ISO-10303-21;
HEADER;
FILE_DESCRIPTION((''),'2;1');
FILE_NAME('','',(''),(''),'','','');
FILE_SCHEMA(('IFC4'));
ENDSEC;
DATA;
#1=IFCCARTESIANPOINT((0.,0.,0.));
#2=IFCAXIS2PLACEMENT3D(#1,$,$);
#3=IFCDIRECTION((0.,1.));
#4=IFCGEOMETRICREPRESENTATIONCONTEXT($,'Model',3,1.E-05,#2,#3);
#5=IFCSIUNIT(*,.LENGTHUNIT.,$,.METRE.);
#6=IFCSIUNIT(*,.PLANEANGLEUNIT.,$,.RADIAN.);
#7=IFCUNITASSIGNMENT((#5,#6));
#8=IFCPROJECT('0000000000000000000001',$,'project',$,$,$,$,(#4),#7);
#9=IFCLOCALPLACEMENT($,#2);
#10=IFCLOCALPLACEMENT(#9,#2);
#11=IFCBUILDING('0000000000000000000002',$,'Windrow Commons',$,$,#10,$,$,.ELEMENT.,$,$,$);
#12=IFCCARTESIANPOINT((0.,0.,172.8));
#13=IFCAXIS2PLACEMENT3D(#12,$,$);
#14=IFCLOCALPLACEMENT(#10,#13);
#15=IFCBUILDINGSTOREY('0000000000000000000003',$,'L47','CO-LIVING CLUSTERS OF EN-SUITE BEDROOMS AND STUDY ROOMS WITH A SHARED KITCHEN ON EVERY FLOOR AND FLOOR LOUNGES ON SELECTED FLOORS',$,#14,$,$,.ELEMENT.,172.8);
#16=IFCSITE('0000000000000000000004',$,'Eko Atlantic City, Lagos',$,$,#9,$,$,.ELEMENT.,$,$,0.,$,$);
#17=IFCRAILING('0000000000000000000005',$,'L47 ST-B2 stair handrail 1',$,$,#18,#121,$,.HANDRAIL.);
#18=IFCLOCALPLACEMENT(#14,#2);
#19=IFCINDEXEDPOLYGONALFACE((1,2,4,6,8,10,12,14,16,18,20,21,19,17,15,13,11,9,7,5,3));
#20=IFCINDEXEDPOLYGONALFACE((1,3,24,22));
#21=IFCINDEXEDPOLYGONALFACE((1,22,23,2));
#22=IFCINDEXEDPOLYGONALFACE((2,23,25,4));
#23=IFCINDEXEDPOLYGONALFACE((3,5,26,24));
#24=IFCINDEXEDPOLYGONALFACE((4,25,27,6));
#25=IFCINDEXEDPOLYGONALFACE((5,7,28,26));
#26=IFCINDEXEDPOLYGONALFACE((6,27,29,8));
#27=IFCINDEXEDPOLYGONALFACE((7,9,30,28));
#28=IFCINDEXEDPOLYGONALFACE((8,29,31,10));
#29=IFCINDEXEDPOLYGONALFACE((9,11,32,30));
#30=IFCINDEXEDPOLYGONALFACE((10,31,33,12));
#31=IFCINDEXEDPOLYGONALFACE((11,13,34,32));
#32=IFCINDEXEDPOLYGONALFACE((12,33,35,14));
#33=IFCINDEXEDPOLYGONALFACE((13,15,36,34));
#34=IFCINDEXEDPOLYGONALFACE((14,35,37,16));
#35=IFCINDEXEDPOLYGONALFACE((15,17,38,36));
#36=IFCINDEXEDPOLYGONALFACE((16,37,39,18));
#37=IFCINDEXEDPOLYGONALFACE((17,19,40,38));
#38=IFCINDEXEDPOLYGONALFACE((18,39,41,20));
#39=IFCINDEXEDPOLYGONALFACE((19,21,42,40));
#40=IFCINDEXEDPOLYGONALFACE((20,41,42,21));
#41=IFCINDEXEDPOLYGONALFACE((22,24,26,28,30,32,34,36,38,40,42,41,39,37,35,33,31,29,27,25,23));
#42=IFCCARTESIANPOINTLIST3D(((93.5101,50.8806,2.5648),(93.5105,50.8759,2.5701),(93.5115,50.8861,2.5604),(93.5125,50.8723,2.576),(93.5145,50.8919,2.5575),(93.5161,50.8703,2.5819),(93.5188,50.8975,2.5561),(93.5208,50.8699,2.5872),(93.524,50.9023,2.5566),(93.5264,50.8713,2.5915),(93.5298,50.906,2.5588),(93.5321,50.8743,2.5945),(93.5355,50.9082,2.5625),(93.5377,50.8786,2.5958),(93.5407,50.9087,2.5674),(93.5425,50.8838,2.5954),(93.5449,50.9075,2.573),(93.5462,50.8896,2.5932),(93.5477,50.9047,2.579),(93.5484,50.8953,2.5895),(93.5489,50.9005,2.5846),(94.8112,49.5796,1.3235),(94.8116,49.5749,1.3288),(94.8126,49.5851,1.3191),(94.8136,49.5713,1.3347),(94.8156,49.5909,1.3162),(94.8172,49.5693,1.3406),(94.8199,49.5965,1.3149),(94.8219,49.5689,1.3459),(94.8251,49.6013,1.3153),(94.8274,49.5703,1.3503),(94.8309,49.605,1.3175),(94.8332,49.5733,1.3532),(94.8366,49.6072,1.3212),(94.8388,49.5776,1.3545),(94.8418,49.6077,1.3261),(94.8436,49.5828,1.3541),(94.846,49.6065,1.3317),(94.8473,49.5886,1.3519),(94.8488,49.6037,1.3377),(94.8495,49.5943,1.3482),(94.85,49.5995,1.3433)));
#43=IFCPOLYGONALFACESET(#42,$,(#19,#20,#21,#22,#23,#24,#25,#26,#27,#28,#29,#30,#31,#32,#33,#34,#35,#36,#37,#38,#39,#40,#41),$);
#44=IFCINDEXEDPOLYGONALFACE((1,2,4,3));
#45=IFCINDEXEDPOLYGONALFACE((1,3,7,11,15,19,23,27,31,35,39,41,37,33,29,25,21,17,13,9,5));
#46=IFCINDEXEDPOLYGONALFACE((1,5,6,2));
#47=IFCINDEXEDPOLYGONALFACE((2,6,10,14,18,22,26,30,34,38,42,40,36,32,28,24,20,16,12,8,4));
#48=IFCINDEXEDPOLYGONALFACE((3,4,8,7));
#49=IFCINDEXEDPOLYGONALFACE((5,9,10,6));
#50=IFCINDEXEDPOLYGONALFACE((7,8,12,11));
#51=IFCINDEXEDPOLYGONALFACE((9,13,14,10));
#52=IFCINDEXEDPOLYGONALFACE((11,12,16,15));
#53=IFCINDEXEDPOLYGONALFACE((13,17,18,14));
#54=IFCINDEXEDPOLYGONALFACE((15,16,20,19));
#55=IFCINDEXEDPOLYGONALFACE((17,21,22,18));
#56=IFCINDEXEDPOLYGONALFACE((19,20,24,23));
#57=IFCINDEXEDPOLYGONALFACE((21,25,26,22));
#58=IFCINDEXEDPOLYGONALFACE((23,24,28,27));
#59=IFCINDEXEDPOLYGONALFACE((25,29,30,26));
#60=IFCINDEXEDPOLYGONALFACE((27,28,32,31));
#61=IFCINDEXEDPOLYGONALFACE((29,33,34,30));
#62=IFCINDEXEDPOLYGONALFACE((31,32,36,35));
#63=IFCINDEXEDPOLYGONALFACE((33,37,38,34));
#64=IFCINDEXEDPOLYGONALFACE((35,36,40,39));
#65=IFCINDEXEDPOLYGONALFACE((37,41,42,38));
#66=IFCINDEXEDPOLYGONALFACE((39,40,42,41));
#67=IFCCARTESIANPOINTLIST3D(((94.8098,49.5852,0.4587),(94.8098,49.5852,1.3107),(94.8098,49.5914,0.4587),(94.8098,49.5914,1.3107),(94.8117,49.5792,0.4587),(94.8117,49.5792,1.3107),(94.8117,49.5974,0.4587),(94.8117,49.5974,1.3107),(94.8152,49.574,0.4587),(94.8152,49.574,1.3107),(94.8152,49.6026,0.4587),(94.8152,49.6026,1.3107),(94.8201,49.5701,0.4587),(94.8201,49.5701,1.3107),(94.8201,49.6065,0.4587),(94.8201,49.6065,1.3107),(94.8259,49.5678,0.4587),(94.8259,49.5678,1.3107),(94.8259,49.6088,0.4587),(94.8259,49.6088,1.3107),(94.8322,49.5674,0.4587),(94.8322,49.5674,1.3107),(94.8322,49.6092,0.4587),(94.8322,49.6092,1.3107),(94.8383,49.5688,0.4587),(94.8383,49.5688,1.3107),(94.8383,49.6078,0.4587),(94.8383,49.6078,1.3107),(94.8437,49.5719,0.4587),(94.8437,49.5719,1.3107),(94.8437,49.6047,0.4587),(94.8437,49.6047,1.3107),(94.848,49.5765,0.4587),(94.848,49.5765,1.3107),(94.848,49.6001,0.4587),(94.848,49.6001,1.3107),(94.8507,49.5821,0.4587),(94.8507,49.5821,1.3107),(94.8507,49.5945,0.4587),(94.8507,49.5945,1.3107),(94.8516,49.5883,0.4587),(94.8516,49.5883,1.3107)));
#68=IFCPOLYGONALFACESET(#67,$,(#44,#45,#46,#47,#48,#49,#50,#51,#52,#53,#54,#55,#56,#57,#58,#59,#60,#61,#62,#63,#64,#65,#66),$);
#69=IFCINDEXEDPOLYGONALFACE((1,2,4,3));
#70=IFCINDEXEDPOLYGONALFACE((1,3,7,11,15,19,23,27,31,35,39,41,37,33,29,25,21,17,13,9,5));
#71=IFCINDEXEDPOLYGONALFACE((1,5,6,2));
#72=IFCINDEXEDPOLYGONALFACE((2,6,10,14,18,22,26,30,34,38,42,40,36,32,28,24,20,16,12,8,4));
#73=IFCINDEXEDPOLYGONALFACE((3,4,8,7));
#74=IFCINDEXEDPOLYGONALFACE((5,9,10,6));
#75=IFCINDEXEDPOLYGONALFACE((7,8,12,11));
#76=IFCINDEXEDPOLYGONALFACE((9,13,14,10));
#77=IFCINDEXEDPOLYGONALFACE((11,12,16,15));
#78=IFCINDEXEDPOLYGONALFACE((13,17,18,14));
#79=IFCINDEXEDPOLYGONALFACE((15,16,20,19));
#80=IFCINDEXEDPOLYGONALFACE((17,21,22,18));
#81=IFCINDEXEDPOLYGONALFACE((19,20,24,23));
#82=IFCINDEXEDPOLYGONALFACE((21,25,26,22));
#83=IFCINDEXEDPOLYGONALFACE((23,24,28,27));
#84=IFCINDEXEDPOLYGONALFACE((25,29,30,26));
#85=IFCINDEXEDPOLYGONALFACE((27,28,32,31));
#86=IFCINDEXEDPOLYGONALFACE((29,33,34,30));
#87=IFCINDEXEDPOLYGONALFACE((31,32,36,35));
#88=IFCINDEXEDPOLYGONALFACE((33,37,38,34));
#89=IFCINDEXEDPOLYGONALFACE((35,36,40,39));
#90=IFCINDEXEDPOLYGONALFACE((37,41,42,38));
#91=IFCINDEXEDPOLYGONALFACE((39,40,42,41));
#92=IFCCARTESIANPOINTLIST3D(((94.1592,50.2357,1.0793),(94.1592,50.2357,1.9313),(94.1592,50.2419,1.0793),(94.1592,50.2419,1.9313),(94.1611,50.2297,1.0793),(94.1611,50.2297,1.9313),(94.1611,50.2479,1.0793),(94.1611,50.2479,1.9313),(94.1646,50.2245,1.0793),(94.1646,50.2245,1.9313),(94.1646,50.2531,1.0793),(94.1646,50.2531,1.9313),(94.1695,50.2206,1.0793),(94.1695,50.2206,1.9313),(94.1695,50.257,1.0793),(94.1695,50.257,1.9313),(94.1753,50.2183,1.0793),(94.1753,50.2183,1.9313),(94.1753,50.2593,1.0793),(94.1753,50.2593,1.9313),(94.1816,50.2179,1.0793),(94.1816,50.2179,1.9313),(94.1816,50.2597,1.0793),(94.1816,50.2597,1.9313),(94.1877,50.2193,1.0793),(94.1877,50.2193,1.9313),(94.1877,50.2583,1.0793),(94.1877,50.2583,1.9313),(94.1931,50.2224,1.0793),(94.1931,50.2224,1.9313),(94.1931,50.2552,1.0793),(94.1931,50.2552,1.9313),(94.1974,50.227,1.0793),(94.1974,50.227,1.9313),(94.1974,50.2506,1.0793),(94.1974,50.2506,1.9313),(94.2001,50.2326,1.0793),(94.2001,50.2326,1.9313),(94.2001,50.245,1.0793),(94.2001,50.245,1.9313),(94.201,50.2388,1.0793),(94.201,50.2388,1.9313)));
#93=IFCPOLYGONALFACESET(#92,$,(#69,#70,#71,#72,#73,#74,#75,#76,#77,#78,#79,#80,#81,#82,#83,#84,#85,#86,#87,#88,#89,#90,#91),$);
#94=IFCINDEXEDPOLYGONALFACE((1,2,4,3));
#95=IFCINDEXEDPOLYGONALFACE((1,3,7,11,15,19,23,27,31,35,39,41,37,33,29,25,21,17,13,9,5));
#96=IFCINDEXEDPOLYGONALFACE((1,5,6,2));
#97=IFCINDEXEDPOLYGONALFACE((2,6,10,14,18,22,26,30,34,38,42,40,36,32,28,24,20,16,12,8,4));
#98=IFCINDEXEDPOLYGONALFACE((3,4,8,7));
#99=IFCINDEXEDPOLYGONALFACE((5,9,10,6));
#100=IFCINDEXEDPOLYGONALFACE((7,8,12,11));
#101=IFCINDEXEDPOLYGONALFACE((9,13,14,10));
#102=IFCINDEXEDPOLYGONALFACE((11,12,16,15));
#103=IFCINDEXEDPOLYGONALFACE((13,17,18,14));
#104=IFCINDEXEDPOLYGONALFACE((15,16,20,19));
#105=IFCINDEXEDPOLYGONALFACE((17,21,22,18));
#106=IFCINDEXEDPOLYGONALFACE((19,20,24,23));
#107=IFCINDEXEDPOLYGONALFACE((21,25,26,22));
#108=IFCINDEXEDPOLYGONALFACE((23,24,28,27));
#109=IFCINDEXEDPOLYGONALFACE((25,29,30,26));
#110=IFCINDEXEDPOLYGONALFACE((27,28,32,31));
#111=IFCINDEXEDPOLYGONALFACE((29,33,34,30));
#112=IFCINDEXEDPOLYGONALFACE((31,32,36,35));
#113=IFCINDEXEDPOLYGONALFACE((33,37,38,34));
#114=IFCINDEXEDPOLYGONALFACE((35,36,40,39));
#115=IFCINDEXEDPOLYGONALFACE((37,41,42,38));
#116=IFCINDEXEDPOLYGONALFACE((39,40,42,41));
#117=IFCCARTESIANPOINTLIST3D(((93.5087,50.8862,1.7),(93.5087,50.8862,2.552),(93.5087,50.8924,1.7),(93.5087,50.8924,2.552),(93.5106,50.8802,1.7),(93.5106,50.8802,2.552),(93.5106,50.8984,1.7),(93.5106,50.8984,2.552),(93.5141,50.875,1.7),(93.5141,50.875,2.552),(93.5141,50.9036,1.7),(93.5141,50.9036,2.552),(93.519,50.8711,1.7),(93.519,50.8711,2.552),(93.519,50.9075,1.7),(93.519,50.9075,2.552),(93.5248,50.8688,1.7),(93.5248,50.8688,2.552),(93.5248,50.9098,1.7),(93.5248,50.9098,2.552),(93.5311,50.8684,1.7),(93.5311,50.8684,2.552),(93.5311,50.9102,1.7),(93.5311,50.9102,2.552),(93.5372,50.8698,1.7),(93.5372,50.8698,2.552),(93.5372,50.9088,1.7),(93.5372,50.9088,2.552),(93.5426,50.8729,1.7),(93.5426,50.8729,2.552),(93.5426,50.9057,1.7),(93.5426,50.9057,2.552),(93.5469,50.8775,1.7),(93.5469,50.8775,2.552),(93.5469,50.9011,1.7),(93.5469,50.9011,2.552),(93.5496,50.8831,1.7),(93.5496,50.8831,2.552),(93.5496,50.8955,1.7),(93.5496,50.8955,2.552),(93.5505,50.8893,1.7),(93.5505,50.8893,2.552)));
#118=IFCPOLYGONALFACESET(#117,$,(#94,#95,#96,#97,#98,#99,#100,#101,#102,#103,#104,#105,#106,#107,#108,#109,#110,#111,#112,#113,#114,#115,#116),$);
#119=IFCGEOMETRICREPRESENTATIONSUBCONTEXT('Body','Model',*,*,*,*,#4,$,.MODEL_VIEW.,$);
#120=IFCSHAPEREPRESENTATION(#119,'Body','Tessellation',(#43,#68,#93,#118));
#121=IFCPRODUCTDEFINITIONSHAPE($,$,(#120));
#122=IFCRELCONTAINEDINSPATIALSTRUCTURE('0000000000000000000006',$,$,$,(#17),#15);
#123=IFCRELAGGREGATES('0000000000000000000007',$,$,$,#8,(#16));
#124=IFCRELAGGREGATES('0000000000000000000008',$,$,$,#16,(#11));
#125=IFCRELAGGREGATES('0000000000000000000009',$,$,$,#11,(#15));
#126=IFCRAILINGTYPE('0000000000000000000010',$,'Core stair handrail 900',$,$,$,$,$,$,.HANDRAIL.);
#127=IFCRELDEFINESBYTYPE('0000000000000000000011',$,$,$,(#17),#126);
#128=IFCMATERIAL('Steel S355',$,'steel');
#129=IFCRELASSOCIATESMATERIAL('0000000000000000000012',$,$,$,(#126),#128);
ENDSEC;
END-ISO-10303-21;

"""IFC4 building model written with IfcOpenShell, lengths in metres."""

from ifc_helpers import new_model, si_unit, direction, frame, origin, origin_2d, place, context, subcontext, project, spatial, circle, extrude, material, type_object, element, save


model = new_model("IFC4")

# Units and contexts
model_context = context("Model", 3, precision=1e-05, world=origin(), true_north=direction((0.0, 1.0)))
body_context = subcontext(model_context, "Body", "Model", "MODEL_VIEW")
ifc_project = project(units=[si_unit("LENGTHUNIT", "METRE"), si_unit("PLANEANGLEUNIT", "RADIAN")], contexts=[model_context])

# Site, building, storey
site_placement = place(None, origin())
site = spatial("IfcSite", under=ifc_project, at=site_placement, Name="Eko Atlantic City, Lagos", CompositionType="ELEMENT", RefElevation=0.0)
building_placement = place(site_placement, origin())
building = spatial("IfcBuilding", under=site, at=building_placement, Name="Windrow Commons", CompositionType="ELEMENT")
storey_placement = place(building_placement, frame((0.0, 0.0, 172.8)))
storey = spatial("IfcBuildingStorey", under=building, at=storey_placement, Name="L47", Description="CO-LIVING CLUSTERS OF EN-SUITE BEDROOMS AND STUDY ROOMS WITH A SHARED KITCHEN ON EVERY FLOOR AND FLOOR LOUNGES ON SELECTED FLOORS", CompositionType="ELEMENT", Elevation=172.8)

# Railing
ifc_material_1 = material(Name="Steel S355", Category="steel")
railing_type_1 = type_object("IfcRailingType", Name="Core stair handrail 900", PredefinedType="HANDRAIL", material=ifc_material_1)
railing_1_placement = place(storey_placement, frame((94.8306, 49.5883, 0.4587)))
element("IfcRailing", 1, at=railing_1_placement, inside=storey, type_object=railing_type_1, Name="L47 ST-B2 stair handrail 1", PredefinedType="HANDRAIL", context=body_context, shape_type="SweptSolid", body=[
    extrude(circle(Radius=0.024, at=origin_2d()), frame((0.0, 0.0, 0.876), z_axis=(-0.586207, 0.586162, 0.559264), x_axis=(-0.70708, -0.707134, 0.0)), (0.0, 0.0, 1.0), 2.2195),
    extrude(circle(Radius=0.021, at=origin_2d()), origin(), (0.0, 0.0, 1.0), 0.852),
    extrude(circle(Radius=0.021, at=origin_2d()), frame((-0.6506, 0.6505, 0.6206)), (0.0, 0.0, 1.0), 0.852),
    extrude(circle(Radius=0.021, at=origin_2d()), frame((-1.3011, 1.301, 1.2413)), (0.0, 0.0, 1.0), 0.852),
])

save(model, "model.ifc")
